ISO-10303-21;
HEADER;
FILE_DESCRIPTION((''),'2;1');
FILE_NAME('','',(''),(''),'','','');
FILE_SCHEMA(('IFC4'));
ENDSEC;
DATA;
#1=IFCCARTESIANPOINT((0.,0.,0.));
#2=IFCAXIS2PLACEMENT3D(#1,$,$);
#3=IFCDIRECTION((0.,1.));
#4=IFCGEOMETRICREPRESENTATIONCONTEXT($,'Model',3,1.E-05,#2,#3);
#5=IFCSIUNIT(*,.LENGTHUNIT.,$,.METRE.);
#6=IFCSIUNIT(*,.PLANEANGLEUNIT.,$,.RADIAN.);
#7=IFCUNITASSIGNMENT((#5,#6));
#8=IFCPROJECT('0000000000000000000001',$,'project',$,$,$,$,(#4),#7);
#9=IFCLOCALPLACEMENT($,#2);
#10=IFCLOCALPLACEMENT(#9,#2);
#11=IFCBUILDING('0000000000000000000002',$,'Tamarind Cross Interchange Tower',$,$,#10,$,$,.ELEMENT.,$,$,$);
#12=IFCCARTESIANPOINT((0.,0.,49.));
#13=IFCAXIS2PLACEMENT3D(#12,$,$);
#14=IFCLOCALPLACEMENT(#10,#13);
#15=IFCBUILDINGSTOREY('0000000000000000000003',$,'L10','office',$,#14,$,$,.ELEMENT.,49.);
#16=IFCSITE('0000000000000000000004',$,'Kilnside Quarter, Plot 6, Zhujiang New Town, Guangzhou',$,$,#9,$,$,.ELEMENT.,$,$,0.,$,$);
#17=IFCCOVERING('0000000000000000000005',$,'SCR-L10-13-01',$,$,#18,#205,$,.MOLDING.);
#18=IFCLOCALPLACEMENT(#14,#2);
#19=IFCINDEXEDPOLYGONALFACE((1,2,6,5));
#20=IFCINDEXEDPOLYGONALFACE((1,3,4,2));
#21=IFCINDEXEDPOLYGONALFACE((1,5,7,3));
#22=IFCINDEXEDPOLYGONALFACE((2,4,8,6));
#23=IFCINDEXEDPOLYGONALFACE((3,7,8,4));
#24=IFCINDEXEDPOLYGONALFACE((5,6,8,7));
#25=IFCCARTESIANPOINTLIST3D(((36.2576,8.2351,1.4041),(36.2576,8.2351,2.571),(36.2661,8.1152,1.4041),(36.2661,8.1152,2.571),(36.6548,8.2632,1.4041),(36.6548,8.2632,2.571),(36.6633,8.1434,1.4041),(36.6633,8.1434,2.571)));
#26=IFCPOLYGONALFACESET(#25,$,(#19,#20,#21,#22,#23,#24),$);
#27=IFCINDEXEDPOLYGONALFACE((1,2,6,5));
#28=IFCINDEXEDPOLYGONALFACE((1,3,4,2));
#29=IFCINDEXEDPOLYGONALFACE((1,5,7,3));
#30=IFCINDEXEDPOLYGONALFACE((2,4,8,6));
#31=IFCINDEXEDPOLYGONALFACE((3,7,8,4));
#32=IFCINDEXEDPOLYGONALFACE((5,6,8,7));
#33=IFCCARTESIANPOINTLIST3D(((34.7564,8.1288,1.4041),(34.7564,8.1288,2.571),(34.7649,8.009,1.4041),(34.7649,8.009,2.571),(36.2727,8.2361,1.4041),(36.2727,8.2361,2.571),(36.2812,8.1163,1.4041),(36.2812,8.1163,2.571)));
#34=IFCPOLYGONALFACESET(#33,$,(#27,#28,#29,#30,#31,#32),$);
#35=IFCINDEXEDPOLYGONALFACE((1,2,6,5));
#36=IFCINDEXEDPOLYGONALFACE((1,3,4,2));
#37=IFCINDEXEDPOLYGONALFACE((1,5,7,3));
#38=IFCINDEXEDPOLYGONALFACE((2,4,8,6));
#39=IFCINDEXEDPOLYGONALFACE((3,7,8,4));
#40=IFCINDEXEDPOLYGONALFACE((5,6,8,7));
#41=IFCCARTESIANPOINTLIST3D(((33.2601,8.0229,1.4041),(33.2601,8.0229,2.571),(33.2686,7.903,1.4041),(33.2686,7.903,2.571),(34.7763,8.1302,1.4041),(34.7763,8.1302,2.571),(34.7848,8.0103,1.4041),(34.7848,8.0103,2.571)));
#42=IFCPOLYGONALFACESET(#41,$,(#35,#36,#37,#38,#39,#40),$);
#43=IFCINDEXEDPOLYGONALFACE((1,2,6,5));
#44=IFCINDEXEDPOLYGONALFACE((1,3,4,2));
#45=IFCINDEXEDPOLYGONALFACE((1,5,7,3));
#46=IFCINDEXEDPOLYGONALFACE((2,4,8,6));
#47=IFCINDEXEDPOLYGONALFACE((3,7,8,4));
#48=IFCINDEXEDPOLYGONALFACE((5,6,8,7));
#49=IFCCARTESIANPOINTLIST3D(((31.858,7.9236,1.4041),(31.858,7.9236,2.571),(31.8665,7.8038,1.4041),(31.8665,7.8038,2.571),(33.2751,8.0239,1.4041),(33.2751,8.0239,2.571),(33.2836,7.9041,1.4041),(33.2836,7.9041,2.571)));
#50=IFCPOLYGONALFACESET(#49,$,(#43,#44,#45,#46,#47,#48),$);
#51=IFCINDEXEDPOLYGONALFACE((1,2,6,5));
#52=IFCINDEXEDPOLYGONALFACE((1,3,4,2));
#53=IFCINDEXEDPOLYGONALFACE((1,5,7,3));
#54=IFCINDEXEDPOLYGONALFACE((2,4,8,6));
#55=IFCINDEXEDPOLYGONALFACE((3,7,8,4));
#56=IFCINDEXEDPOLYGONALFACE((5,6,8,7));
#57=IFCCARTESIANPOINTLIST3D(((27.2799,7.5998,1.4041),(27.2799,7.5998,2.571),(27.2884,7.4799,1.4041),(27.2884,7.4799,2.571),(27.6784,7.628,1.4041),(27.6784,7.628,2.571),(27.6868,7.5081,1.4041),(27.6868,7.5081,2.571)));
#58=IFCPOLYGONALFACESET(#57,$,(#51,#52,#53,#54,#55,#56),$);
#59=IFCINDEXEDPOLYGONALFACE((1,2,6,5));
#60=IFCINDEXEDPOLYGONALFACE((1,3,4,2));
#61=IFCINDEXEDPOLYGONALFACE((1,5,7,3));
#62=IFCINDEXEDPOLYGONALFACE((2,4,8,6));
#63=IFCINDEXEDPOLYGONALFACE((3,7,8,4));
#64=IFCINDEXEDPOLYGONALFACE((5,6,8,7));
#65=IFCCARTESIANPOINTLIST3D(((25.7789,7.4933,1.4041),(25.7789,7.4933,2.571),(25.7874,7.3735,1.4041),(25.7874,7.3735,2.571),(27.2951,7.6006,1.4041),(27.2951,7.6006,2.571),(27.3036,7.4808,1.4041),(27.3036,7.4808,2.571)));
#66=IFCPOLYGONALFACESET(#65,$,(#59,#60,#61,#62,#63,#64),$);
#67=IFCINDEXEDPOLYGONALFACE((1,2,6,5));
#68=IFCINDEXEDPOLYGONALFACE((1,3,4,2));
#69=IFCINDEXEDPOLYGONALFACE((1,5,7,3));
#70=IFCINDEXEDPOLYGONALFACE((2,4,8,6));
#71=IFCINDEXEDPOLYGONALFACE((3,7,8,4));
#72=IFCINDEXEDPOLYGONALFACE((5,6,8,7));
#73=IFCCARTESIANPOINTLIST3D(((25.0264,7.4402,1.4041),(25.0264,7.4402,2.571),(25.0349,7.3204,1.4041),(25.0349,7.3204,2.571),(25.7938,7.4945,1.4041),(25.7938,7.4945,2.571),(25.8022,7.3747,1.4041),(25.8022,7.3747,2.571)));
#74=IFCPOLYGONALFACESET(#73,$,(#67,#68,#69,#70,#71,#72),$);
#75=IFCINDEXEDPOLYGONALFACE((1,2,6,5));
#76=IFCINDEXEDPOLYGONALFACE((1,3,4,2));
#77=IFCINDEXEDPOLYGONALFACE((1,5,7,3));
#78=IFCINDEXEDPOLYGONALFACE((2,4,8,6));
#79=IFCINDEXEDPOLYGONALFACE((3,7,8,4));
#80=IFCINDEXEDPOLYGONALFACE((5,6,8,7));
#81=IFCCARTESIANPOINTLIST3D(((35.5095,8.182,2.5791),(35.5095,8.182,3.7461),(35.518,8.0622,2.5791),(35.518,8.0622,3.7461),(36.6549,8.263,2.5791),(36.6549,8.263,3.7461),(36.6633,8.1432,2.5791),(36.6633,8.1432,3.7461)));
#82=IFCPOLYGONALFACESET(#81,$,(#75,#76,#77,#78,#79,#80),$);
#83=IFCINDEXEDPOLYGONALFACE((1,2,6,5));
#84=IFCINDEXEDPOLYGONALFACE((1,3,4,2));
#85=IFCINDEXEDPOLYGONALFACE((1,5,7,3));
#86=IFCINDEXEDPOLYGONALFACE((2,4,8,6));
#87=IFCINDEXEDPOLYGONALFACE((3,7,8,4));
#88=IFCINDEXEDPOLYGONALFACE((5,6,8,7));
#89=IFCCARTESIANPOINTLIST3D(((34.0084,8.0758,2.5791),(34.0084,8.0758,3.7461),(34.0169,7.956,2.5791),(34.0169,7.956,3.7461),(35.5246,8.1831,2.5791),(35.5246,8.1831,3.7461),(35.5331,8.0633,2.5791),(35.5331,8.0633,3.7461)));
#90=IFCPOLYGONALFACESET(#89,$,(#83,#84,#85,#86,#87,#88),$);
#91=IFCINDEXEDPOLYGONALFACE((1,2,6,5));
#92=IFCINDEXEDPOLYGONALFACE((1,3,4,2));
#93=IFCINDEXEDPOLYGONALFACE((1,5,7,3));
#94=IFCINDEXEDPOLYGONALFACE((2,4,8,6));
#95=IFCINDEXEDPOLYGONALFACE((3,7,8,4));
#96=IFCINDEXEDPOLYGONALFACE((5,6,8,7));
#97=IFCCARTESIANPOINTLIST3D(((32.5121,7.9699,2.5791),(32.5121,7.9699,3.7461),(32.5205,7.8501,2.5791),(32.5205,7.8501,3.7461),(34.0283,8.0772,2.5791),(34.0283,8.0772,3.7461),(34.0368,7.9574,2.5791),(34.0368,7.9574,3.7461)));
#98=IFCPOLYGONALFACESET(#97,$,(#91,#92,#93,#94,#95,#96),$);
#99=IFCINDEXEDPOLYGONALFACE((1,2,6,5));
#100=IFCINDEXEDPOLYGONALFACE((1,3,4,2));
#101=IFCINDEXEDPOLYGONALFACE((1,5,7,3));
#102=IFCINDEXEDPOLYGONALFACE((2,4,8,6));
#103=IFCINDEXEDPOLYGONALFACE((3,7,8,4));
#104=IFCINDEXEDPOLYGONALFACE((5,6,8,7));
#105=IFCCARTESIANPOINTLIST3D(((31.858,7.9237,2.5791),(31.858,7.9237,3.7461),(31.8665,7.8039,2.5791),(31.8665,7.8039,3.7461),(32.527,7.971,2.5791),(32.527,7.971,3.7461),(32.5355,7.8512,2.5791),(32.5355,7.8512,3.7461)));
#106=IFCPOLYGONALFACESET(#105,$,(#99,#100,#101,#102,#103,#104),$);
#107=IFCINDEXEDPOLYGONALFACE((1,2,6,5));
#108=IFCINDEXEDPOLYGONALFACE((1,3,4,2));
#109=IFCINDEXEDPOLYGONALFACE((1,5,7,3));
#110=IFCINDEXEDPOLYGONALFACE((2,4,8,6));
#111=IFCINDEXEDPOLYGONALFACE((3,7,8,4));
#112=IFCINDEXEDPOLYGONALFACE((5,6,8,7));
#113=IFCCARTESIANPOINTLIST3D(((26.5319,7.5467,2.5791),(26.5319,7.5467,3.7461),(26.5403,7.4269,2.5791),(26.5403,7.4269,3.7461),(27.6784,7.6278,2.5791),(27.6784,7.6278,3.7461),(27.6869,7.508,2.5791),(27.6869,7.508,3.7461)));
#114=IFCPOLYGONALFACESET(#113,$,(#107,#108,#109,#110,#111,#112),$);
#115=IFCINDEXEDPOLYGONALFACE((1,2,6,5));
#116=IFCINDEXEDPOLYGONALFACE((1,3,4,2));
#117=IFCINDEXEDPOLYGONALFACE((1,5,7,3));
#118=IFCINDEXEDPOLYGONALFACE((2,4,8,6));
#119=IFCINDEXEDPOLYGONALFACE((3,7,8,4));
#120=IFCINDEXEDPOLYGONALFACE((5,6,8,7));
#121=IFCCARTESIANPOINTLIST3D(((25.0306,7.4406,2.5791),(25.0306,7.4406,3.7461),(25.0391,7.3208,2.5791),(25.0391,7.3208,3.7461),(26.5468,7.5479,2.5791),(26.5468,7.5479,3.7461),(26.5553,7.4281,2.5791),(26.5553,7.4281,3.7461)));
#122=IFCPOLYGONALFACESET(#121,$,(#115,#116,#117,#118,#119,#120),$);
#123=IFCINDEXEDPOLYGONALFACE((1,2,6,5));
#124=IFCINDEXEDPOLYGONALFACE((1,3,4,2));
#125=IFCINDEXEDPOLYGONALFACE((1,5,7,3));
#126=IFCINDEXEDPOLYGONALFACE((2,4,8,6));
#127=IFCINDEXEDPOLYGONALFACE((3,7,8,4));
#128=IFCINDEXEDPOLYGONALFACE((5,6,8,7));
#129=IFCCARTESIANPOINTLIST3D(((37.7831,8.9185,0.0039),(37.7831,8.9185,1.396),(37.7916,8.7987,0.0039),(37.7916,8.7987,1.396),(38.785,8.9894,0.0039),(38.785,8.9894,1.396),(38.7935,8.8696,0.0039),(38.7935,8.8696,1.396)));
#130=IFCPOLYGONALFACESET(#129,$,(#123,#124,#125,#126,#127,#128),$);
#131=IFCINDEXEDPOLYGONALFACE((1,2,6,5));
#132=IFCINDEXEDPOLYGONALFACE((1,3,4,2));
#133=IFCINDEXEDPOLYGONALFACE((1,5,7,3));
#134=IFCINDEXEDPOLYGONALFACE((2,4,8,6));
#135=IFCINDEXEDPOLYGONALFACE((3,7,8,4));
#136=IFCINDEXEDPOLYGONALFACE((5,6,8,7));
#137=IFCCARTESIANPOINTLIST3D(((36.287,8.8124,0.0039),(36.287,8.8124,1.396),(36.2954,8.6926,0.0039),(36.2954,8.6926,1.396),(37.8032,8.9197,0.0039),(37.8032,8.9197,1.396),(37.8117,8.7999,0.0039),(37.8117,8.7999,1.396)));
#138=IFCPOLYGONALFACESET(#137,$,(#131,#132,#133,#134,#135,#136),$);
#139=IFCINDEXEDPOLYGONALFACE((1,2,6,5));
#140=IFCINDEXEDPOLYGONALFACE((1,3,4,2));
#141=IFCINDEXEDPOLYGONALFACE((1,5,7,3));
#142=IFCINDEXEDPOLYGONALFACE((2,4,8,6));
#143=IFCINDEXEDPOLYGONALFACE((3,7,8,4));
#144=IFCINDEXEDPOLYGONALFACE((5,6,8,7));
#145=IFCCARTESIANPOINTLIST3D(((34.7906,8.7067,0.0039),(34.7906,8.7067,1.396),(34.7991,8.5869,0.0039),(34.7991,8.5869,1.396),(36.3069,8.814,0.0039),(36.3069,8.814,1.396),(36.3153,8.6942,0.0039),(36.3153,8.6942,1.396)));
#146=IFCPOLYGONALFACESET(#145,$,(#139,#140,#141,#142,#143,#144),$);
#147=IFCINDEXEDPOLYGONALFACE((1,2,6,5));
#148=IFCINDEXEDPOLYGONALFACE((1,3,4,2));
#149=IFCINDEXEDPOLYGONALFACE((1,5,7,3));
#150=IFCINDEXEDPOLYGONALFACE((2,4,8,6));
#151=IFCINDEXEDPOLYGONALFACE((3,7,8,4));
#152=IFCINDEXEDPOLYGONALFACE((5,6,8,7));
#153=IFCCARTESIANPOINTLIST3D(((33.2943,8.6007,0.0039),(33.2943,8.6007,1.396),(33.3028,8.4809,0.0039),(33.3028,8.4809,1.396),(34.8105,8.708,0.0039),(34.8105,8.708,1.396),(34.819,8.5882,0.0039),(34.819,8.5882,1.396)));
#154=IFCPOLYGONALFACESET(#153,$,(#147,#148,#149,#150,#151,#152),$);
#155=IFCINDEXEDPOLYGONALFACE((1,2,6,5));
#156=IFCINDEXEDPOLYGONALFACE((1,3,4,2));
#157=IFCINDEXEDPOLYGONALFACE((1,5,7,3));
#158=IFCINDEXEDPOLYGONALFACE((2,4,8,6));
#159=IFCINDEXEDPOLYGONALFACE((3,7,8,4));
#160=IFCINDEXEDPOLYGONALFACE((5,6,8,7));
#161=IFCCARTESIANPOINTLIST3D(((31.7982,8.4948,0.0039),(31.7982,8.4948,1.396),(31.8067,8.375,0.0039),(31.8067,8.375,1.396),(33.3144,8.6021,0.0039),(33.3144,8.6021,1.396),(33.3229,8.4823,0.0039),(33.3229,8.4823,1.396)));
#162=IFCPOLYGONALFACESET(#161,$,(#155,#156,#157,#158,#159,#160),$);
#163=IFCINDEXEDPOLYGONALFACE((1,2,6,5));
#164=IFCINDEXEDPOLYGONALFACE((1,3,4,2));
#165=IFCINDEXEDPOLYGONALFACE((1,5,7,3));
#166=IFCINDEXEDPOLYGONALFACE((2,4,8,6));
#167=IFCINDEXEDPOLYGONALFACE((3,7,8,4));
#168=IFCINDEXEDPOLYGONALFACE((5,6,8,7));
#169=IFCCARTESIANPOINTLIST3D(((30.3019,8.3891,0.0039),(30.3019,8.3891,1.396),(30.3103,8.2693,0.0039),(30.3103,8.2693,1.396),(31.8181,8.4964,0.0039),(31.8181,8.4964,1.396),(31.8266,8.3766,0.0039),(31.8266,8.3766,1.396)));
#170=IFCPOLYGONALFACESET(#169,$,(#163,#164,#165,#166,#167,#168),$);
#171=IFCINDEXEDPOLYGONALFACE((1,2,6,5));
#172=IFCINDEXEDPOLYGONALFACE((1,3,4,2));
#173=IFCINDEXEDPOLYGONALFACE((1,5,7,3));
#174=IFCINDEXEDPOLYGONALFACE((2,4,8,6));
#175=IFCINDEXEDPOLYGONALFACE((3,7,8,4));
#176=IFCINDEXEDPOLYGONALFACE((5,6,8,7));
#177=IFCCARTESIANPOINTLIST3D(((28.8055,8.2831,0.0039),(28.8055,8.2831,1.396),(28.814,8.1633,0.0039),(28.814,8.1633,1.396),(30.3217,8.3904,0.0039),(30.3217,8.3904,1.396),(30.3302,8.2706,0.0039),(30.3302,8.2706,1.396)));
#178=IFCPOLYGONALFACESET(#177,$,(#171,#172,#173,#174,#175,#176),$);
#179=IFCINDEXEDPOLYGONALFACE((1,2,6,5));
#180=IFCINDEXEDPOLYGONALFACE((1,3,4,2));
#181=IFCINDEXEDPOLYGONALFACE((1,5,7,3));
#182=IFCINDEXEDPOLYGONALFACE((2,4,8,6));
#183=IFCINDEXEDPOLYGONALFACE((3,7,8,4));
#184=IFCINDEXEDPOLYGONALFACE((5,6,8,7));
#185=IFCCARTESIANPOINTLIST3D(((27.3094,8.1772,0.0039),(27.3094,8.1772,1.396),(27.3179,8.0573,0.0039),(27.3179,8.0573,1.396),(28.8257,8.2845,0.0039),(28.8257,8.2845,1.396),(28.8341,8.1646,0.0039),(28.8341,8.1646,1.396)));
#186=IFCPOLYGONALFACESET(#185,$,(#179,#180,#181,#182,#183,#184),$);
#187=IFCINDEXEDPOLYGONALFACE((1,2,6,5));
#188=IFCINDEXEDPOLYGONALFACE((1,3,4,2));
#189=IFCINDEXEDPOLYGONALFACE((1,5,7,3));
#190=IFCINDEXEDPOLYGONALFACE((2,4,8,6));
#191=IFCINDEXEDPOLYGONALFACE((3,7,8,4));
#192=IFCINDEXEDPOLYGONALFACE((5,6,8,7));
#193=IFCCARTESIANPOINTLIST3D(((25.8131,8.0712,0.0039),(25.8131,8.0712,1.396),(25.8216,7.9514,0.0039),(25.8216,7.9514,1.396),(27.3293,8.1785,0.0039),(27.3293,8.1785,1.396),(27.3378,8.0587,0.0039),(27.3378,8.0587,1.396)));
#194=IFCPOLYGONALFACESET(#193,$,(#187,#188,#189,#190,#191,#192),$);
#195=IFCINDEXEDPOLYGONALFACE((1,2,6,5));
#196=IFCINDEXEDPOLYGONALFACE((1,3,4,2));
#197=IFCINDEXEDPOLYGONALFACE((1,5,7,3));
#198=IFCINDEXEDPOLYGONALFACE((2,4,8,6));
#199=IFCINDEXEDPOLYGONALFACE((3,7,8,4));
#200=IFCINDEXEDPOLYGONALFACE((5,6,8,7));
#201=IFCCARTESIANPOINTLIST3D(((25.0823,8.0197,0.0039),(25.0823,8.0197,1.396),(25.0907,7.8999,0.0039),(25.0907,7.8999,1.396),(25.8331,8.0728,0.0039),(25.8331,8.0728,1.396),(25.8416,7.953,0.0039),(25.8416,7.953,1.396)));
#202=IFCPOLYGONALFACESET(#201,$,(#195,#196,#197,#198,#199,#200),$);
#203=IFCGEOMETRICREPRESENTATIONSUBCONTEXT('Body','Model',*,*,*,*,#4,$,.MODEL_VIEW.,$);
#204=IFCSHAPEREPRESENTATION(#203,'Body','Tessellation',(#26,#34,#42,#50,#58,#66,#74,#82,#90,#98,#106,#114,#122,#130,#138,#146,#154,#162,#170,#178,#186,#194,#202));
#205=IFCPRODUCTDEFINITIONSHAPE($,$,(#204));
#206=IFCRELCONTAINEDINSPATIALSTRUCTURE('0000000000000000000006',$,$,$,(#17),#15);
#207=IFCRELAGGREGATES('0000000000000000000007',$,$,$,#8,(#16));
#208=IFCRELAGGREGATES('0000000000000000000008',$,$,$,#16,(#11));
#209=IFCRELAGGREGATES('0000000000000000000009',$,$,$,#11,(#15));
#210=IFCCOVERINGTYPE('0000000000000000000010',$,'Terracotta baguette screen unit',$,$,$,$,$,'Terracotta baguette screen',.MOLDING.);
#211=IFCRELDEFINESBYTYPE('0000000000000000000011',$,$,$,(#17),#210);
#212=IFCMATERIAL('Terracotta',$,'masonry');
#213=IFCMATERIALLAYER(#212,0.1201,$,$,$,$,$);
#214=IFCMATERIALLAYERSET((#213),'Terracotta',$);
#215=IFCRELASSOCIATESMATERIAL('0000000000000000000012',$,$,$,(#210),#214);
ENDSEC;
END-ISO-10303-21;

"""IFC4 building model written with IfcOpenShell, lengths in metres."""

from ifc_helpers import new_model, si_unit, direction, frame, origin, origin_2d, place, context, subcontext, project, spatial, rectangle, extrude, material, layer, layer_set, type_object, element, save


model = new_model("IFC4")

# Units and contexts
model_context = context("Model", 3, precision=1e-05, world=origin(), true_north=direction((0.0, 1.0)))
body_context = subcontext(model_context, "Body", "Model", "MODEL_VIEW")
ifc_project = project(units=[si_unit("LENGTHUNIT", "METRE"), si_unit("PLANEANGLEUNIT", "RADIAN")], contexts=[model_context])

# Site, building, storey
site_placement = place(None, origin())
site = spatial("IfcSite", under=ifc_project, at=site_placement, Name="Kilnside Quarter, Plot 6, Zhujiang New Town, Guangzhou", CompositionType="ELEMENT", RefElevation=0.0)
building_placement = place(site_placement, origin())
building = spatial("IfcBuilding", under=site, at=building_placement, Name="Tamarind Cross Interchange Tower", CompositionType="ELEMENT")
storey_placement = place(building_placement, frame((0.0, 0.0, 49.0)))
storey = spatial("IfcBuildingStorey", under=building, at=storey_placement, Name="L10", Description="office", CompositionType="ELEMENT", Elevation=49.0)

# Covering
ifc_material_1 = material(Name="Terracotta", Category="masonry")
ifc_layer_1 = layer(ifc_material_1, 0.1201)
ifc_layer_set_1 = layer_set([ifc_layer_1], Name="Terracotta")
covering_type = type_object("IfcCoveringType", Name="Terracotta baguette screen unit", ElementType="Terracotta baguette screen", PredefinedType="MOLDING", material=ifc_layer_set_1)
covering_1_placement = place(storey_placement, origin())
element("IfcCovering", 1, at=covering_1_placement, inside=storey, type_object=covering_type, Name="SCR-L10-13-01", PredefinedType="MOLDING", context=body_context, shape_type="SweptSolid", body=[
    extrude(rectangle(XDim=0.3982, YDim=0.1201, at=origin_2d()), frame((36.4604, 8.1892, 1.4041), z_axis=(0.0, 0.0, 1.0), x_axis=(-0.997505, -0.070594, 0.0)), (0.0, 0.0, 1.0), 1.167),
    extrude(rectangle(XDim=1.52, YDim=0.1201, at=origin_2d()), frame((35.5188, 8.1226, 1.4041), z_axis=(0.0, 0.0, 1.0), x_axis=(-0.997505, -0.070594, 0.0)), (0.0, 0.0, 1.0), 1.167),
    extrude(rectangle(XDim=1.52, YDim=0.1201, at=origin_2d()), frame((34.0225, 8.0166, 1.4041), z_axis=(0.0, 0.0, 1.0), x_axis=(-0.997505, -0.070594, 0.0)), (0.0, 0.0, 1.0), 1.167),
    extrude(rectangle(XDim=1.4207, YDim=0.1201, at=origin_2d()), frame((32.5708, 7.9138, 1.4041), z_axis=(0.0, 0.0, 1.0), x_axis=(-0.997505, -0.070594, 0.0)), (0.0, 0.0, 1.0), 1.167),
    extrude(rectangle(XDim=0.3994, YDim=0.1201, at=origin_2d()), frame((27.4834, 7.554, 1.4041), z_axis=(0.0, 0.0, 1.0), x_axis=(-0.997505, -0.070594, 0.0)), (0.0, 0.0, 1.0), 1.167),
    extrude(rectangle(XDim=1.52, YDim=0.1201, at=origin_2d()), frame((26.5413, 7.4871, 1.4041), z_axis=(0.0, 0.0, 1.0), x_axis=(-0.997505, -0.070594, 0.0)), (0.0, 0.0, 1.0), 1.167),
    extrude(rectangle(XDim=0.7693, YDim=0.1201, at=origin_2d()), frame((25.4143, 7.4075, 1.4041), z_axis=(0.0, 0.0, 1.0), x_axis=(-0.997505, -0.070594, 0.0)), (0.0, 0.0, 1.0), 1.167),
    extrude(rectangle(XDim=1.1482, YDim=0.1201, at=origin_2d()), frame((36.0864, 8.1626, 2.5791), z_axis=(0.0, 0.0, 1.0), x_axis=(-0.997505, -0.070594, 0.0)), (0.0, 0.0, 1.0), 1.167),
    extrude(rectangle(XDim=1.52, YDim=0.1201, at=origin_2d()), frame((34.7708, 8.0696, 2.5791), z_axis=(0.0, 0.0, 1.0), x_axis=(-0.997505, -0.070594, 0.0)), (0.0, 0.0, 1.0), 1.167),
    extrude(rectangle(XDim=1.52, YDim=0.1201, at=origin_2d()), frame((33.2744, 7.9636, 2.5791), z_axis=(0.0, 0.0, 1.0), x_axis=(-0.997505, -0.070594, 0.0)), (0.0, 0.0, 1.0), 1.167),
    extrude(rectangle(XDim=0.6707, YDim=0.1201, at=origin_2d()), frame((32.1968, 7.8875, 2.5791), z_axis=(0.0, 0.0, 1.0), x_axis=(-0.997505, -0.070594, 0.0)), (0.0, 0.0, 1.0), 1.167),
    extrude(rectangle(XDim=1.1494, YDim=0.1201, at=origin_2d()), frame((27.1094, 7.5273, 2.5791), z_axis=(0.0, 0.0, 1.0), x_axis=(-0.997505, -0.070594, 0.0)), (0.0, 0.0, 1.0), 1.167),
    extrude(rectangle(XDim=1.52, YDim=0.1201, at=origin_2d()), frame((25.793, 7.4343, 2.5791), z_axis=(0.0, 0.0, 1.0), x_axis=(-0.997505, -0.070594, 0.0)), (0.0, 0.0, 1.0), 1.167),
    extrude(rectangle(XDim=1.0044, YDim=0.1201, at=origin_2d()), frame((38.2883, 8.894, 0.0039), z_axis=(0.0, 0.0, 1.0), x_axis=(-0.997505, -0.070594, 0.0)), (0.0, 0.0, 1.0), 1.3921),
    extrude(rectangle(XDim=1.52, YDim=0.1201, at=origin_2d()), frame((37.0493, 8.8062, 0.0039), z_axis=(0.0, 0.0, 1.0), x_axis=(-0.997505, -0.070594, 0.0)), (0.0, 0.0, 1.0), 1.3921),
    extrude(rectangle(XDim=1.52, YDim=0.1201, at=origin_2d()), frame((35.553, 8.7004, 0.0039), z_axis=(0.0, 0.0, 1.0), x_axis=(-0.997505, -0.070594, 0.0)), (0.0, 0.0, 1.0), 1.3921),
    extrude(rectangle(XDim=1.52, YDim=0.1201, at=origin_2d()), frame((34.0566, 8.5945, 0.0039), z_axis=(0.0, 0.0, 1.0), x_axis=(-0.997505, -0.070594, 0.0)), (0.0, 0.0, 1.0), 1.3921),
    extrude(rectangle(XDim=1.52, YDim=0.1201, at=origin_2d()), frame((32.5605, 8.4885, 0.0039), z_axis=(0.0, 0.0, 1.0), x_axis=(-0.997505, -0.070594, 0.0)), (0.0, 0.0, 1.0), 1.3921),
    extrude(rectangle(XDim=1.52, YDim=0.1201, at=origin_2d()), frame((31.0642, 8.3828, 0.0039), z_axis=(0.0, 0.0, 1.0), x_axis=(-0.997505, -0.070594, 0.0)), (0.0, 0.0, 1.0), 1.3921),
    extrude(rectangle(XDim=1.52, YDim=0.1201, at=origin_2d()), frame((29.5679, 8.2769, 0.0039), z_axis=(0.0, 0.0, 1.0), x_axis=(-0.997505, -0.070594, 0.0)), (0.0, 0.0, 1.0), 1.3921),
    extrude(rectangle(XDim=1.52, YDim=0.1201, at=origin_2d()), frame((28.0718, 8.1709, 0.0039), z_axis=(0.0, 0.0, 1.0), x_axis=(-0.997505, -0.070594, 0.0)), (0.0, 0.0, 1.0), 1.3921),
    extrude(rectangle(XDim=1.52, YDim=0.1201, at=origin_2d()), frame((26.5754, 8.0649, 0.0039), z_axis=(0.0, 0.0, 1.0), x_axis=(-0.997505, -0.070594, 0.0)), (0.0, 0.0, 1.0), 1.3921),
    extrude(rectangle(XDim=0.7527, YDim=0.1201, at=origin_2d()), frame((25.4619, 7.9863, 0.0039), z_axis=(0.0, 0.0, 1.0), x_axis=(-0.997505, -0.070594, 0.0)), (0.0, 0.0, 1.0), 1.3921),
])

save(model, "model.ifc")
